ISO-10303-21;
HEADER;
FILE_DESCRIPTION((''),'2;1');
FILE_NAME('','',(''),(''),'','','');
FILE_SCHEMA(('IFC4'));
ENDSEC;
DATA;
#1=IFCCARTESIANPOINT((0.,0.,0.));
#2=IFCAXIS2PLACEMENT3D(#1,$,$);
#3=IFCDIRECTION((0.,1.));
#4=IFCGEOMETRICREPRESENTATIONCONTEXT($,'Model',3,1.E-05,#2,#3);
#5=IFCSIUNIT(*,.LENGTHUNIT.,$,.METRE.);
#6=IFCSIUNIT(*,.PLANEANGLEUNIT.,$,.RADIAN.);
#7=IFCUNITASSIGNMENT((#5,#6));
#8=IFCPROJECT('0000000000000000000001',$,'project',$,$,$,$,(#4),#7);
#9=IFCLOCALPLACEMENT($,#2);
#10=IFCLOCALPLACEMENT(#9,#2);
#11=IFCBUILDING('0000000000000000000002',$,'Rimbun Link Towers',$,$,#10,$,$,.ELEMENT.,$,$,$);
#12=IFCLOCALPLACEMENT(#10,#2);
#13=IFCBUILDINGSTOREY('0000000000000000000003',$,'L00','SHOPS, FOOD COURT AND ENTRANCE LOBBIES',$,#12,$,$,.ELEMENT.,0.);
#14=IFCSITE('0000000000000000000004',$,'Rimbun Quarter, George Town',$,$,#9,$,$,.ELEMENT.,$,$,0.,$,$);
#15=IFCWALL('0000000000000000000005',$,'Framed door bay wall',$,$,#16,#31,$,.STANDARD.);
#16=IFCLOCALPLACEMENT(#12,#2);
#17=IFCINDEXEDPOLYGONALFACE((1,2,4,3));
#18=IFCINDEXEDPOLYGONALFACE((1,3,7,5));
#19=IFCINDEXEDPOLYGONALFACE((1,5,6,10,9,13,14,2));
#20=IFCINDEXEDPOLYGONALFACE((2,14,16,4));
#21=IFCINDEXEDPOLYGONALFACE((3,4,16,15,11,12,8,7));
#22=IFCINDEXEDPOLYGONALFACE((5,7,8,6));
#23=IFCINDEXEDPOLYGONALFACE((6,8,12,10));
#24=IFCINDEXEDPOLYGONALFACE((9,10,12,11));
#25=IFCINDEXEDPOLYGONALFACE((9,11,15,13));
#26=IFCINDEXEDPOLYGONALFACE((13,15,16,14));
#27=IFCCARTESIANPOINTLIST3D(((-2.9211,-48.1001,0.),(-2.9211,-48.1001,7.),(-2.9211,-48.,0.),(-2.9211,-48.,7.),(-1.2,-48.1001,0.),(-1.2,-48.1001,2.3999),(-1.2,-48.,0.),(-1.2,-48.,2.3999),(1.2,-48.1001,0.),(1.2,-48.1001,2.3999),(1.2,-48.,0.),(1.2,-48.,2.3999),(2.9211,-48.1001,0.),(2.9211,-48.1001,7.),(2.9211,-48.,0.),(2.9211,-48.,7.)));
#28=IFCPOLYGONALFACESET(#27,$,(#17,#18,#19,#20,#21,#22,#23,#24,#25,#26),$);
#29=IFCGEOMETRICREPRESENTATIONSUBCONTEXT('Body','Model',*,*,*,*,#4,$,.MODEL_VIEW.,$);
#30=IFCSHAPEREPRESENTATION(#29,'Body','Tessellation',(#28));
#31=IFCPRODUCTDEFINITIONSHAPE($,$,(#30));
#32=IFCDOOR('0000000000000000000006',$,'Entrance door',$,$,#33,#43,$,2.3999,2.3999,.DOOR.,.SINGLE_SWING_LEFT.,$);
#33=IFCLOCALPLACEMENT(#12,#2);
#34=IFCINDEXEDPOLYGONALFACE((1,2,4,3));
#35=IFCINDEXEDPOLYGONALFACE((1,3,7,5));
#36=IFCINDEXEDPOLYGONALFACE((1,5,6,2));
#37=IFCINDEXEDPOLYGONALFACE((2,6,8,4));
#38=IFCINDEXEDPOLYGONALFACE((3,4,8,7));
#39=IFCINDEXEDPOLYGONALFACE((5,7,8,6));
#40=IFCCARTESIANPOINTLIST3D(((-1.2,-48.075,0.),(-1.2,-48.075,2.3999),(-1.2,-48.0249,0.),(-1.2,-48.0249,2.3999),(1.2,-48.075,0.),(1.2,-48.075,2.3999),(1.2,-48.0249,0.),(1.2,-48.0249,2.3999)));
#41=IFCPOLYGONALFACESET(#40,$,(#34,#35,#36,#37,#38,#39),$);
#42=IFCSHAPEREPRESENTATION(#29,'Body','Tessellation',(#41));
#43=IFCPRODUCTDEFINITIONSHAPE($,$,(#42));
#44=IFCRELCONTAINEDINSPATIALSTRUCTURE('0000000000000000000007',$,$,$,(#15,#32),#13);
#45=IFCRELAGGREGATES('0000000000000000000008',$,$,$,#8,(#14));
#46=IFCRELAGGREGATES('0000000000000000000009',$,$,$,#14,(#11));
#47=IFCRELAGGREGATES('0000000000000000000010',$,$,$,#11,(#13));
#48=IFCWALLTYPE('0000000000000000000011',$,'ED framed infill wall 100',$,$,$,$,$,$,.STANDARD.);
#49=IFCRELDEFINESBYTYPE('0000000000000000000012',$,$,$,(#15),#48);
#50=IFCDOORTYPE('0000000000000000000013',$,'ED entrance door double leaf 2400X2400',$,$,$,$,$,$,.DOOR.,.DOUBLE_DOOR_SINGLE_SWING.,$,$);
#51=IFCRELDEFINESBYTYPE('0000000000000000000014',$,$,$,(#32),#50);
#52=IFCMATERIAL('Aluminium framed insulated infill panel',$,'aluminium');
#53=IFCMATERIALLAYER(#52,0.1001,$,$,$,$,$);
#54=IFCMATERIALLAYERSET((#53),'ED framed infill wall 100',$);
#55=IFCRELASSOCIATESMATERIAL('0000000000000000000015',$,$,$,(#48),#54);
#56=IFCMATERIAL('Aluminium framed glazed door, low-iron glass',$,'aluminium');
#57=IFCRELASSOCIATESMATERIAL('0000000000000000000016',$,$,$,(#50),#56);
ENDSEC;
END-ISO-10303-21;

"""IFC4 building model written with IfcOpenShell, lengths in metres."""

from ifc_helpers import new_model, si_unit, direction, frame, frame_2d, origin, place, context, subcontext, project, spatial, rectangle, extrude, material, layer, layer_set, type_object, element, fill, save


model = new_model("IFC4")

# Units and contexts
model_context = context("Model", 3, precision=1e-05, world=origin(), true_north=direction((0.0, 1.0)))
body_context = subcontext(model_context, "Body", "Model", "MODEL_VIEW")
ifc_project = project(units=[si_unit("LENGTHUNIT", "METRE"), si_unit("PLANEANGLEUNIT", "RADIAN")], contexts=[model_context])

# Site, building, storey
site_placement = place(None, origin())
site = spatial("IfcSite", under=ifc_project, at=site_placement, Name="Rimbun Quarter, George Town", CompositionType="ELEMENT", RefElevation=0.0)
building_placement = place(site_placement, origin())
building = spatial("IfcBuilding", under=site, at=building_placement, Name="Rimbun Link Towers", CompositionType="ELEMENT")
storey_placement = place(building_placement, origin())
storey = spatial("IfcBuildingStorey", under=building, at=storey_placement, Name="L00", Description="SHOPS, FOOD COURT AND ENTRANCE LOBBIES", CompositionType="ELEMENT", Elevation=0.0)

# Wall, opening, door
ifc_material_1 = material(Name="Aluminium framed insulated infill panel", Category="aluminium")
ifc_layer_1 = layer(ifc_material_1, 0.1001)
ifc_layer_set_1 = layer_set([ifc_layer_1], Name="ED framed infill wall 100")
wall_type = type_object("IfcWallType", Name="ED framed infill wall 100", PredefinedType="STANDARD", material=ifc_layer_set_1)
wall_placement = place(storey_placement, frame((2.9211, -48.05, 0.0), z_axis=(0.0, 0.0, 1.0), x_axis=(-1.0, 0.0, 0.0)))
wall = element("IfcWall", 1, at=wall_placement, inside=storey, type_object=wall_type, Name="Framed door bay wall", PredefinedType="STANDARD", context=body_context, shape_type="SweptSolid", body=[
    extrude(rectangle(XDim=5.8423, YDim=0.1001, at=frame_2d((2.9211, 0.0))), origin(), (0.0, 0.0, 1.0), 7.0),
])
opening_placement = place(wall_placement, frame((1.7212, 0.0, 0.0)))
opening = element("IfcOpeningElement", 2, at=opening_placement, cuts=wall, PredefinedType="OPENING", context=body_context, shape_type="SweptSolid", body=[
    extrude(rectangle(XDim=2.3999, YDim=2.3999, at=frame_2d((1.2, 1.2))), frame((0.0, 0.0601, 0.0), z_axis=(0.0, -1.0, 0.0), x_axis=(1.0, 0.0, 0.0)), (0.0, 0.0, 1.0), 0.1201),
])
ifc_material_2 = material(Name="Aluminium framed glazed door, low-iron glass", Category="aluminium")
door_type = type_object("IfcDoorType", Name="ED entrance door double leaf 2400X2400", OperationType="DOUBLE_DOOR_SINGLE_SWING", PredefinedType="DOOR", material=ifc_material_2)
door_placement = place(opening_placement, origin())
door = element("IfcDoor", 3, at=door_placement, inside=storey, type_object=door_type, Name="Entrance door", OperationType="SINGLE_SWING_LEFT", OverallHeight=2.3999, OverallWidth=2.3999, PredefinedType="DOOR", context=body_context, shape_type="SweptSolid", body=[
    extrude(rectangle(XDim=2.3999, YDim=2.3999, at=frame_2d((1.2, 1.2))), frame((0.0, 0.0249, 0.0), z_axis=(0.0, -1.0, 0.0), x_axis=(1.0, 0.0, 0.0)), (0.0, 0.0, 1.0), 0.05),
])
fill(opening, door)

save(model, "model.ifc")
